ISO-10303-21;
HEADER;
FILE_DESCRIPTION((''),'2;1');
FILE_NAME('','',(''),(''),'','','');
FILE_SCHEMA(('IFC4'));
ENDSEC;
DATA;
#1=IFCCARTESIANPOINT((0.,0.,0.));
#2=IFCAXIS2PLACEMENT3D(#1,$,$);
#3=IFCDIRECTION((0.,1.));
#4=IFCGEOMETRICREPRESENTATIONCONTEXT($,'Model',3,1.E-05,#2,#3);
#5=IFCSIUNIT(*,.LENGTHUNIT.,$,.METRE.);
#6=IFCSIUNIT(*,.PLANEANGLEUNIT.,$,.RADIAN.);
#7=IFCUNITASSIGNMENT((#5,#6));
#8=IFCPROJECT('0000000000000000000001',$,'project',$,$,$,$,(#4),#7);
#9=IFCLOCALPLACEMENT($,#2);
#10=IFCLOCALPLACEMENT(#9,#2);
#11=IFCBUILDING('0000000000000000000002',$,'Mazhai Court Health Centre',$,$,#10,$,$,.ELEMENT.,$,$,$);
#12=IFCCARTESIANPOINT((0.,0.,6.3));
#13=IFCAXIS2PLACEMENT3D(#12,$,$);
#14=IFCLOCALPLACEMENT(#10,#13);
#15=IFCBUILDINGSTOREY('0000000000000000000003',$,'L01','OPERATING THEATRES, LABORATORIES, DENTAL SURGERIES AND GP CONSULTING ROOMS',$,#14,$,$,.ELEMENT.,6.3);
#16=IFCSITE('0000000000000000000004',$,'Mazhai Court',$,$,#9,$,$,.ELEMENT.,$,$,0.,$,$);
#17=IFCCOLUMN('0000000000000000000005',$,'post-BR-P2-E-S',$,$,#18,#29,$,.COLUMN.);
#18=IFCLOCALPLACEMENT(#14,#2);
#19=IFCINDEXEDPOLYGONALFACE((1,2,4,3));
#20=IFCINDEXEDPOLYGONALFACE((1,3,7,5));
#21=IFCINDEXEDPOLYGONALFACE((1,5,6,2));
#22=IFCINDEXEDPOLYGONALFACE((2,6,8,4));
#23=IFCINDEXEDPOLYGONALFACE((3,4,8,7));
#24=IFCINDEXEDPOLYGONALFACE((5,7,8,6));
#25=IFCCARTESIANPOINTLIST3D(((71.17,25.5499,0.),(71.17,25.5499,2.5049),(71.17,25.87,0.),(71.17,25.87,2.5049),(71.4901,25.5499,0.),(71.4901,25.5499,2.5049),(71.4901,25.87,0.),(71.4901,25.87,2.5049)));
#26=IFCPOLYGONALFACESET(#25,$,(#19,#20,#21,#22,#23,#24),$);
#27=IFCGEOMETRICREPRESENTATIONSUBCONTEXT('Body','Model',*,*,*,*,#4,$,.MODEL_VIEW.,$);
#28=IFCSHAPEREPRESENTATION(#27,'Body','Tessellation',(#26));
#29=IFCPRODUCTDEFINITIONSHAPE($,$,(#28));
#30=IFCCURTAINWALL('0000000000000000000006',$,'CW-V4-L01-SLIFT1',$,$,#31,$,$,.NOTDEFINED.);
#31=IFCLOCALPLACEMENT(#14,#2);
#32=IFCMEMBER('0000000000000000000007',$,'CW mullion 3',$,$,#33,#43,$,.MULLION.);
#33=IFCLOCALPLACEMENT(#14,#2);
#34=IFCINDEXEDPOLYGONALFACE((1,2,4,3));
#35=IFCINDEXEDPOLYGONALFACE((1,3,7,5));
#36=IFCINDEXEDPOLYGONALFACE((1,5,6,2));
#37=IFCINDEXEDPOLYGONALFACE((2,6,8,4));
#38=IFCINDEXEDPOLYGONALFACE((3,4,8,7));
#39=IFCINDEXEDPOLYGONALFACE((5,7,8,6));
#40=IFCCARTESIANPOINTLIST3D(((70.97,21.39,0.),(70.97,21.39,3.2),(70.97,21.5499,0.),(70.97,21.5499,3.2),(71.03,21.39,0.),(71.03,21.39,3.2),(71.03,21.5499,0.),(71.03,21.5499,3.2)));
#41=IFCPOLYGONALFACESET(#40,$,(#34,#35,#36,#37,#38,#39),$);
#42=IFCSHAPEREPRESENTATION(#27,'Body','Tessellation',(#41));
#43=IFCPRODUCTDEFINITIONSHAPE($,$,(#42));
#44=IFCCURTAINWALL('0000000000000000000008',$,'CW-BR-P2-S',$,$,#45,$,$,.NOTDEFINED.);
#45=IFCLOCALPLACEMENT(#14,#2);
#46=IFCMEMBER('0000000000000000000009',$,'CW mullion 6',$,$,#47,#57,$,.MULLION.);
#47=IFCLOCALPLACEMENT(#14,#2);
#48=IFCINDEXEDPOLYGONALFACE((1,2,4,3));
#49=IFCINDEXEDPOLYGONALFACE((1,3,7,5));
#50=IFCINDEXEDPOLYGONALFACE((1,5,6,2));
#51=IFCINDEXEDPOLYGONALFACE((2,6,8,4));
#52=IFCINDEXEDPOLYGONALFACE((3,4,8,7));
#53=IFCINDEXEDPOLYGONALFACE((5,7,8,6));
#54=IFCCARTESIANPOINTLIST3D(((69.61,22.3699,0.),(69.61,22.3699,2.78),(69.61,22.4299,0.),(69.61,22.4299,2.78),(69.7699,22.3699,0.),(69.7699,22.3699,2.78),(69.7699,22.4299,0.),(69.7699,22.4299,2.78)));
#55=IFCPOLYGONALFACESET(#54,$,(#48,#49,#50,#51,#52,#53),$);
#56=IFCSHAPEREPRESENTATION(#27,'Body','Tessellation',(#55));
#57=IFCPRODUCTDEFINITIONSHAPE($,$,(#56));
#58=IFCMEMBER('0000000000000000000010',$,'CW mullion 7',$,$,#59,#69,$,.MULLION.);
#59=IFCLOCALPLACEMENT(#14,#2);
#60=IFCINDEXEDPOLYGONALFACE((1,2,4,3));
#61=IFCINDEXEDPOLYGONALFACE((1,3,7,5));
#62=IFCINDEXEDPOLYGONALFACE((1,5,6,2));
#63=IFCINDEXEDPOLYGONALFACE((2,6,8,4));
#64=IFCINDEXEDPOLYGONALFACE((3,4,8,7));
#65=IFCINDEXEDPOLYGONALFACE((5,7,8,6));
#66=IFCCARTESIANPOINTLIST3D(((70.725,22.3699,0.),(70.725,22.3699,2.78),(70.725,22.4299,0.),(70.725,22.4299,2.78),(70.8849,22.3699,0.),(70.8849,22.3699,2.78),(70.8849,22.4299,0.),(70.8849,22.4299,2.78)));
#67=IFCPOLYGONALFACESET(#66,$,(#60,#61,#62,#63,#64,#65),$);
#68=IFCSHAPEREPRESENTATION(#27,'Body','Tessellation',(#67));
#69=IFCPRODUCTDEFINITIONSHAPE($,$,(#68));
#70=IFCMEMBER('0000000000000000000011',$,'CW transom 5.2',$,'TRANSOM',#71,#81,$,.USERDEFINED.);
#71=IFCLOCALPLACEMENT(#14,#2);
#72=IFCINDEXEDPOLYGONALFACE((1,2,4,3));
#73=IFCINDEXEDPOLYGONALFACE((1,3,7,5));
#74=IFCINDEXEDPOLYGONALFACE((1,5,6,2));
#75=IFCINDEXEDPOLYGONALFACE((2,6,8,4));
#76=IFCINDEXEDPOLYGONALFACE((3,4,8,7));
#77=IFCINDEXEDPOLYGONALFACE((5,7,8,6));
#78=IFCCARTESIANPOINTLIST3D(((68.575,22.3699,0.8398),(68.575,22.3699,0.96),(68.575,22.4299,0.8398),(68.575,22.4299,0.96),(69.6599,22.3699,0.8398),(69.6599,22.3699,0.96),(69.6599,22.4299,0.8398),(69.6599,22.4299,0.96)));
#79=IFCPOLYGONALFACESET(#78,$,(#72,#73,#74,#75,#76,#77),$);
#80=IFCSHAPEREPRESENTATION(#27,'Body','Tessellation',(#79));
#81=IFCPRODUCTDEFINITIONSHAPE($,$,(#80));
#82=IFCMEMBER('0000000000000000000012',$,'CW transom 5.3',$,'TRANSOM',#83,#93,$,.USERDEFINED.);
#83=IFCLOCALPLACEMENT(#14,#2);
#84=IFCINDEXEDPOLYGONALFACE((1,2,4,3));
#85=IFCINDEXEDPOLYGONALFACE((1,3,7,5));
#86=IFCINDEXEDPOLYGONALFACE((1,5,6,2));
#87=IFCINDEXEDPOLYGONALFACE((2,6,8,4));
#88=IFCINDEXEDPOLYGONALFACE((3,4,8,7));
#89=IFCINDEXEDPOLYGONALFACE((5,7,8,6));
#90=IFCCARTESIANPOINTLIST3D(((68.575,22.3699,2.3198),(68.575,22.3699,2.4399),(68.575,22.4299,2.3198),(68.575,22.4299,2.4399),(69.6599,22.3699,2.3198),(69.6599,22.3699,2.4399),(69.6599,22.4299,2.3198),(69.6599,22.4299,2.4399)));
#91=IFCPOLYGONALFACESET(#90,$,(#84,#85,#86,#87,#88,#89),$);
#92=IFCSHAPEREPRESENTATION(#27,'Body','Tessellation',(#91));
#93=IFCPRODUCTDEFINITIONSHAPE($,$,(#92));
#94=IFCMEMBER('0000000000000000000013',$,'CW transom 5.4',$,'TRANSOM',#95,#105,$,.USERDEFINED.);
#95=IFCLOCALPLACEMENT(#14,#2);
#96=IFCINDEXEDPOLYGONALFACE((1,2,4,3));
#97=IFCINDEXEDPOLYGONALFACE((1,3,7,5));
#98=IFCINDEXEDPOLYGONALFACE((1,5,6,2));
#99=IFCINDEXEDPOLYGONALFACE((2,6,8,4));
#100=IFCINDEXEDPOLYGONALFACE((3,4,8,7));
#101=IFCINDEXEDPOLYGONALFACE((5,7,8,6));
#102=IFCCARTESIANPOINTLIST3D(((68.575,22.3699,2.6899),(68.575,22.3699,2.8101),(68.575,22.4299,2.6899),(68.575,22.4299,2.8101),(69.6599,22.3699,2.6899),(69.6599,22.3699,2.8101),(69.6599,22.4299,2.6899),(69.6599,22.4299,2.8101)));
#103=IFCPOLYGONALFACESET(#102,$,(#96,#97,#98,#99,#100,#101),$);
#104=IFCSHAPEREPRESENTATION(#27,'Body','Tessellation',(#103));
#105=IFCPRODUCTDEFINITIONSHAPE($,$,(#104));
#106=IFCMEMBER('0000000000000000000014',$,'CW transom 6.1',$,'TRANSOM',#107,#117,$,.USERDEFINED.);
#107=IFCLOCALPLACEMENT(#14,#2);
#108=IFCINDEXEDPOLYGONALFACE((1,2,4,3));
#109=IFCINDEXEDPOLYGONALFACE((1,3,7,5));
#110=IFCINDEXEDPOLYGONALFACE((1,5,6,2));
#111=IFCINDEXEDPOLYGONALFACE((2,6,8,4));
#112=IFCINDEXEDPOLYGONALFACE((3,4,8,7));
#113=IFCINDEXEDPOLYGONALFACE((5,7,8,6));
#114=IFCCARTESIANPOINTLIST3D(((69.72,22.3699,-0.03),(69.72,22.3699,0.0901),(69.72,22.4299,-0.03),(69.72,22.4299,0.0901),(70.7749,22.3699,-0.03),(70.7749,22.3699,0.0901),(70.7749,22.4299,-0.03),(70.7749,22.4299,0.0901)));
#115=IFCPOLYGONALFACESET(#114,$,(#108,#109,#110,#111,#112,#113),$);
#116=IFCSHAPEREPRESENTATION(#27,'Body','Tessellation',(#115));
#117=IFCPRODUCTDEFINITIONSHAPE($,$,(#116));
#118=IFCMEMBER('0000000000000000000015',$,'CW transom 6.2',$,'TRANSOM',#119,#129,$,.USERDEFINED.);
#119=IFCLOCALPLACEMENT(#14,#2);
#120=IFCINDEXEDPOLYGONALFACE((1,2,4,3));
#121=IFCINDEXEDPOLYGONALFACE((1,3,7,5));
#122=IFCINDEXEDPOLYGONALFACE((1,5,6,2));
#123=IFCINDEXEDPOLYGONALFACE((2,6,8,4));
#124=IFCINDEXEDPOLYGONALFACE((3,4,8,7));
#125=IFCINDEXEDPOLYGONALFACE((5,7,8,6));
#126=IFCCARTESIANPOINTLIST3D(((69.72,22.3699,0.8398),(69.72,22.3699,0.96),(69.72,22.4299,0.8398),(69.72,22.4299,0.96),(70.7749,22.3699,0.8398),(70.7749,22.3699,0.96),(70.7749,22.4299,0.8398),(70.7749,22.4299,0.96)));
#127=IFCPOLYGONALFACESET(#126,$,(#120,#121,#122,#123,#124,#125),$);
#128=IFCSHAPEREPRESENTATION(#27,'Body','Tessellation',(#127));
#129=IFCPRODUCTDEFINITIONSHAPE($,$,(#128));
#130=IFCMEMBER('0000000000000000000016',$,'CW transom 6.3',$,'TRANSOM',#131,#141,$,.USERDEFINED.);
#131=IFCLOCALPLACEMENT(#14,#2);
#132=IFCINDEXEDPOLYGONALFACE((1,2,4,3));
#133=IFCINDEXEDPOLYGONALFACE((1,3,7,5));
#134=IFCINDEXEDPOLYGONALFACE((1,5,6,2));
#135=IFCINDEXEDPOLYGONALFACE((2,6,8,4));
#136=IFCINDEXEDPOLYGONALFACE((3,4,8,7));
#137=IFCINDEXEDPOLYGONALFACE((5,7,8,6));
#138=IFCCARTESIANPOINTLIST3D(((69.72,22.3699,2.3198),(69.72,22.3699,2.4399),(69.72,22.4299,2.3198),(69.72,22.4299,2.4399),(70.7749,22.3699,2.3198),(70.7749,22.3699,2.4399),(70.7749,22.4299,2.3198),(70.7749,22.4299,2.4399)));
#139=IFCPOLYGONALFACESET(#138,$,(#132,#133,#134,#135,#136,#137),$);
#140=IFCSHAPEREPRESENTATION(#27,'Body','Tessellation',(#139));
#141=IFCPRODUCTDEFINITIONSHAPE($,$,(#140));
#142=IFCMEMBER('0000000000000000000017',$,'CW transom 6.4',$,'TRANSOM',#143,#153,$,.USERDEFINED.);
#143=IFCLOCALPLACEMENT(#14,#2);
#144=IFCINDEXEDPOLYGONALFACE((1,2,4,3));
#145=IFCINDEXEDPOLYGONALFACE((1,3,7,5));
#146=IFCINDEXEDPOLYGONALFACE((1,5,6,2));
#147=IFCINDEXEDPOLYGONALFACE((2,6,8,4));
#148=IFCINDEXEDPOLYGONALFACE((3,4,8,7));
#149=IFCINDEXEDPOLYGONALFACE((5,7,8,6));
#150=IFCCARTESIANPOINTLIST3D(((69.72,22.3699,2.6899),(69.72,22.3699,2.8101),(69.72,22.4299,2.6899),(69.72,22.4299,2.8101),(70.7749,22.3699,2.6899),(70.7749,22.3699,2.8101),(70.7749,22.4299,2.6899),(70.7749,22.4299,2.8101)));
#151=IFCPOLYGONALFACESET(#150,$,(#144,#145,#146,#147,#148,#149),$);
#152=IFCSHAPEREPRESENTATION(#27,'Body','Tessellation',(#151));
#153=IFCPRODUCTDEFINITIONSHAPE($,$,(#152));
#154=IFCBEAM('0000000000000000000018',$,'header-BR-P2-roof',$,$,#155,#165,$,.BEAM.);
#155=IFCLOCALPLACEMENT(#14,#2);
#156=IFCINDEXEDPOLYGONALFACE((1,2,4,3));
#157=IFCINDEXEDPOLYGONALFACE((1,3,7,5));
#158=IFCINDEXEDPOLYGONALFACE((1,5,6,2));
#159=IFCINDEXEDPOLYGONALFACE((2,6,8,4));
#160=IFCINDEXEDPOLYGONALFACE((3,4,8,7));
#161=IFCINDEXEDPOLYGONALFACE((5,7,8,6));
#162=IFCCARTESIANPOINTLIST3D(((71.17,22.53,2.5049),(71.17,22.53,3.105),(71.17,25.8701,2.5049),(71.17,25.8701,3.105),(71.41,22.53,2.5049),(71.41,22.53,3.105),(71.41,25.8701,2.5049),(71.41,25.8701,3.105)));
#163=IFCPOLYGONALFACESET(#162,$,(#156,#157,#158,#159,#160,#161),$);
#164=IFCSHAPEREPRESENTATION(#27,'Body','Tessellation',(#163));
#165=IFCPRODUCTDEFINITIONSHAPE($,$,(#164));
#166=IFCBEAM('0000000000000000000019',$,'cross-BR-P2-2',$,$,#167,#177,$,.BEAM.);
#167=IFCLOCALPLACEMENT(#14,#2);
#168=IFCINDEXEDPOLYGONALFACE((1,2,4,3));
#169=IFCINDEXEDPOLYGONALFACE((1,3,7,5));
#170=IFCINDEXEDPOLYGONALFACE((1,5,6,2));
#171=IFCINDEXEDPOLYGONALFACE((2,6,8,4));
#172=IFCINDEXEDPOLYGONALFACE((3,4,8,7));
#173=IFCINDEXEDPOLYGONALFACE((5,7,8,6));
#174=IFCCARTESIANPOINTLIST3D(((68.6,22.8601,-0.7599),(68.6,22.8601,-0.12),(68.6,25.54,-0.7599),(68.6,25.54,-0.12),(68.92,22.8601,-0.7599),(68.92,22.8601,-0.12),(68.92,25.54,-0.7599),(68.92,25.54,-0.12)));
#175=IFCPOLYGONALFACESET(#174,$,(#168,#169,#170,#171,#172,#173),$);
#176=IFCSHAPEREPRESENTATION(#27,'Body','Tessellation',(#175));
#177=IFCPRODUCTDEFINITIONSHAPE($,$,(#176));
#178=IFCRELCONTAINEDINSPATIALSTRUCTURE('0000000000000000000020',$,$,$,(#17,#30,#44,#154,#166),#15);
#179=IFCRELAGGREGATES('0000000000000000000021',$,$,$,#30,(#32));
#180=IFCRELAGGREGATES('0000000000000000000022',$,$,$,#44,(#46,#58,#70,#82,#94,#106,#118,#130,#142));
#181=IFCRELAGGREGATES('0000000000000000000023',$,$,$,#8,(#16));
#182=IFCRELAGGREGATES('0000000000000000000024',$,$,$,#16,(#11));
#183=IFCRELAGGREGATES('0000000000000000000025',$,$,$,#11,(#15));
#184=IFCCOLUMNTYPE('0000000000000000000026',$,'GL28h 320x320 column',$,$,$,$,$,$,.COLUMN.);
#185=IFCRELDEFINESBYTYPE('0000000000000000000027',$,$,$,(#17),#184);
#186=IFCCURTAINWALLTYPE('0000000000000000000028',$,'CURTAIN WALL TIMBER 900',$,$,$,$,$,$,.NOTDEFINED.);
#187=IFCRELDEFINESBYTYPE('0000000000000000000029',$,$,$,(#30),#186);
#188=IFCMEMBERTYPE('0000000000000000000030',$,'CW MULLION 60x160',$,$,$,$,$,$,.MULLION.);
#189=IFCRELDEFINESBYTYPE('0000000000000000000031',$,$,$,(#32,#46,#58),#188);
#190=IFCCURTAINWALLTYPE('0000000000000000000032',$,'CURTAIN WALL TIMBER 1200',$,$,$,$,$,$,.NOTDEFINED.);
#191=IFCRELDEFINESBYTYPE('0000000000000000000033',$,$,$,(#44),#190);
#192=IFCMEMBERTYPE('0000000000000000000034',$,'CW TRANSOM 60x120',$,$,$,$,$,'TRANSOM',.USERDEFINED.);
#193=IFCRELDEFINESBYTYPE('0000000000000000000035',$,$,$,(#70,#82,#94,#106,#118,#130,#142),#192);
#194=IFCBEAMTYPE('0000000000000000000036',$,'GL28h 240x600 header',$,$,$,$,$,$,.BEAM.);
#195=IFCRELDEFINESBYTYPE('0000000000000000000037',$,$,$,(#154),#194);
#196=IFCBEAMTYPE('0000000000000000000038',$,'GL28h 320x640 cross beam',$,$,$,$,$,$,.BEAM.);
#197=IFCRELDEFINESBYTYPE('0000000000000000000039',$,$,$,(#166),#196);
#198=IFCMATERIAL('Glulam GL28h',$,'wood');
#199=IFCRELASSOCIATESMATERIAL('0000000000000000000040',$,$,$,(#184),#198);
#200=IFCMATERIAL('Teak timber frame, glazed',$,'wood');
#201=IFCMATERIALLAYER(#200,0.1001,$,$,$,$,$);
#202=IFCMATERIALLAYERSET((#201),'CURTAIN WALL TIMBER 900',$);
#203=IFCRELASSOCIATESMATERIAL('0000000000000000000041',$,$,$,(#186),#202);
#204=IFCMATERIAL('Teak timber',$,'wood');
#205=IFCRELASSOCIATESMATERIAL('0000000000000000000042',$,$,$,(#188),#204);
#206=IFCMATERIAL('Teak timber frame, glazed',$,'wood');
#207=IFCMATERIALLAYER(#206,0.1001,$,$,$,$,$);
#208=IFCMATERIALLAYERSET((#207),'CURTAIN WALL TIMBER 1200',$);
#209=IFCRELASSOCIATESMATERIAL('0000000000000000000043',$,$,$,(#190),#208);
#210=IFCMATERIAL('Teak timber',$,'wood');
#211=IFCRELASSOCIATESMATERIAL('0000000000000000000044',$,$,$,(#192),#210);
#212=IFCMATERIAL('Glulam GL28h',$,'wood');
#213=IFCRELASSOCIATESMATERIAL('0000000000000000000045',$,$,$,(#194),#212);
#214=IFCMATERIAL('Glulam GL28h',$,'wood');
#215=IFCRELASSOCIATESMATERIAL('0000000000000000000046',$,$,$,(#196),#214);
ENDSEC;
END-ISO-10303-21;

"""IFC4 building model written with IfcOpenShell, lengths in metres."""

from ifc_helpers import new_model, si_unit, direction, frame, origin, origin_2d, place, context, subcontext, project, spatial, rectangle, extrude, material, layer, layer_set, material_profile, profile_set, type_object, element, aggregate, save


model = new_model("IFC4")

# Units and contexts
model_context = context("Model", 3, precision=1e-05, world=origin(), true_north=direction((0.0, 1.0)))
body_context = subcontext(model_context, "Body", "Model", "MODEL_VIEW")
ifc_project = project(units=[si_unit("LENGTHUNIT", "METRE"), si_unit("PLANEANGLEUNIT", "RADIAN")], contexts=[model_context])

# Site, building, storey
site_placement = place(None, origin())
site = spatial("IfcSite", under=ifc_project, at=site_placement, Name="Mazhai Court", CompositionType="ELEMENT", RefElevation=0.0)
building_placement = place(site_placement, origin())
building = spatial("IfcBuilding", under=site, at=building_placement, Name="Mazhai Court Health Centre", CompositionType="ELEMENT")
storey_placement = place(building_placement, frame((0.0, 0.0, 6.3)))
storey = spatial("IfcBuildingStorey", under=building, at=storey_placement, Name="L01", Description="OPERATING THEATRES, LABORATORIES, DENTAL SURGERIES AND GP CONSULTING ROOMS", CompositionType="ELEMENT", Elevation=6.3)

# Column
ifc_material_1 = material(Name="Glulam GL28h", Category="wood")
ifc_material_profile_1 = material_profile(ifc_material_1, rectangle(XDim=0.3201, YDim=0.3201, at=origin_2d()), Name="GL28h 320x320")
ifc_profile_set_1 = profile_set([ifc_material_profile_1], Name="Glulam GL28h")
column_type = type_object("IfcColumnType", Name="GL28h 320x320 column", PredefinedType="COLUMN", material=ifc_profile_set_1)
column_placement = place(storey_placement, frame((71.3301, 25.71, 0.0), z_axis=(0.0, 0.0, 1.0), x_axis=(1.0, 0.0, 0.0)))
element("IfcColumn", 1, at=column_placement, inside=storey, type_object=column_type, Name="post-BR-P2-E-S", PredefinedType="COLUMN", context=body_context, shape_type="SweptSolid", body=[
    extrude(rectangle(XDim=0.3201, YDim=0.3201, at=origin_2d()), origin(), (0.0, 0.0, 1.0), 2.5049),
])

# Curtain wall, member
ifc_material_2 = material(Name="Teak timber frame, glazed", Category="wood")
ifc_layer_1 = layer(ifc_material_2, 0.1001)
ifc_layer_set_1 = layer_set([ifc_layer_1], Name="CURTAIN WALL TIMBER 900")
curtain_wall_type_1 = type_object("IfcCurtainWallType", Name="CURTAIN WALL TIMBER 900", PredefinedType="NOTDEFINED", material=ifc_layer_set_1)
curtain_wall_1_placement = place(storey_placement, origin())
curtain_wall_1 = element("IfcCurtainWall", 2, at=curtain_wall_1_placement, inside=storey, type_object=curtain_wall_type_1, Name="CW-V4-L01-SLIFT1", PredefinedType="NOTDEFINED")
ifc_material_3 = material(Name="Teak timber", Category="wood")
ifc_material_profile_2 = material_profile(ifc_material_3, rectangle(XDim=0.0601, YDim=0.1599, at=origin_2d()), Name="CW MULLION 60x160")
ifc_profile_set_2 = profile_set([ifc_material_profile_2], Name="Teak timber")
member_type_1 = type_object("IfcMemberType", Name="CW MULLION 60x160", PredefinedType="MULLION", material=ifc_profile_set_2)
member_1_placement = place(storey_placement, frame((71.0, 21.47, 0.0), z_axis=(0.0, 0.0, 1.0), x_axis=(-1.0, 0.0, 0.0)))
member_1 = element("IfcMember", 3, at=member_1_placement, type_object=member_type_1, Name="CW mullion 3", PredefinedType="MULLION", context=body_context, shape_type="SweptSolid", body=[
    extrude(rectangle(XDim=0.0601, YDim=0.1599, at=origin_2d()), origin(), (0.0, 0.0, 1.0), 3.2),
])
aggregate(curtain_wall_1, [member_1])

# Curtain wall, members
ifc_material_4 = material(Name="Teak timber frame, glazed", Category="wood")
ifc_layer_2 = layer(ifc_material_4, 0.1001)
ifc_layer_set_2 = layer_set([ifc_layer_2], Name="CURTAIN WALL TIMBER 1200")
curtain_wall_type_2 = type_object("IfcCurtainWallType", Name="CURTAIN WALL TIMBER 1200", PredefinedType="NOTDEFINED", material=ifc_layer_set_2)
curtain_wall_2_placement = place(storey_placement, origin())
curtain_wall_2 = element("IfcCurtainWall", 4, at=curtain_wall_2_placement, inside=storey, type_object=curtain_wall_type_2, Name="CW-BR-P2-S", PredefinedType="NOTDEFINED")
member_2_placement = place(storey_placement, frame((69.6899, 22.3999, 0.0), z_axis=(0.0, 0.0, 1.0), x_axis=(0.0, 1.0, 0.0)))
member_2 = element("IfcMember", 5, at=member_2_placement, type_object=member_type_1, Name="CW mullion 6", PredefinedType="MULLION", context=body_context, shape_type="SweptSolid", body=[
    extrude(rectangle(XDim=0.0601, YDim=0.1599, at=origin_2d()), origin(), (0.0, 0.0, 1.0), 2.78),
])
member_3_placement = place(storey_placement, frame((70.8049, 22.3999, 0.0), z_axis=(0.0, 0.0, 1.0), x_axis=(0.0, 1.0, 0.0)))
member_3 = element("IfcMember", 6, at=member_3_placement, type_object=member_type_1, Name="CW mullion 7", PredefinedType="MULLION", context=body_context, shape_type="SweptSolid", body=[
    extrude(rectangle(XDim=0.0601, YDim=0.1599, at=origin_2d()), origin(), (0.0, 0.0, 1.0), 2.78),
])
ifc_material_5 = material(Name="Teak timber", Category="wood")
ifc_material_profile_3 = material_profile(ifc_material_5, rectangle(XDim=0.0601, YDim=0.1201, at=origin_2d()), Name="CW TRANSOM 60x120")
ifc_profile_set_3 = profile_set([ifc_material_profile_3], Name="Teak timber")
member_type_2 = type_object("IfcMemberType", Name="CW TRANSOM 60x120", ElementType="TRANSOM", PredefinedType="USERDEFINED", material=ifc_profile_set_3)
member_4_placement = place(storey_placement, frame((68.575, 22.3999, 0.8999), z_axis=(1.0, 0.0, 0.0), x_axis=(0.0, 1.0, 0.0)))
member_4 = element("IfcMember", 7, at=member_4_placement, type_object=member_type_2, Name="CW transom 5.2", ObjectType="TRANSOM", PredefinedType="USERDEFINED", context=body_context, shape_type="SweptSolid", body=[
    extrude(rectangle(XDim=0.0601, YDim=0.1201, at=origin_2d()), origin(), (0.0, 0.0, 1.0), 1.085),
])
member_5_placement = place(storey_placement, frame((68.575, 22.3999, 2.3799), z_axis=(1.0, 0.0, 0.0), x_axis=(0.0, 1.0, 0.0)))
member_5 = element("IfcMember", 8, at=member_5_placement, type_object=member_type_2, Name="CW transom 5.3", ObjectType="TRANSOM", PredefinedType="USERDEFINED", context=body_context, shape_type="SweptSolid", body=[
    extrude(rectangle(XDim=0.0601, YDim=0.1201, at=origin_2d()), origin(), (0.0, 0.0, 1.0), 1.085),
])
member_6_placement = place(storey_placement, frame((68.575, 22.3999, 2.75), z_axis=(1.0, 0.0, 0.0), x_axis=(0.0, 1.0, 0.0)))
member_6 = element("IfcMember", 9, at=member_6_placement, type_object=member_type_2, Name="CW transom 5.4", ObjectType="TRANSOM", PredefinedType="USERDEFINED", context=body_context, shape_type="SweptSolid", body=[
    extrude(rectangle(XDim=0.0601, YDim=0.1201, at=origin_2d()), origin(), (0.0, 0.0, 1.0), 1.085),
])
member_7_placement = place(storey_placement, frame((69.72, 22.3999, 0.03), z_axis=(1.0, 0.0, 0.0), x_axis=(0.0, 1.0, 0.0)))
member_7 = element("IfcMember", 10, at=member_7_placement, type_object=member_type_2, Name="CW transom 6.1", ObjectType="TRANSOM", PredefinedType="USERDEFINED", context=body_context, shape_type="SweptSolid", body=[
    extrude(rectangle(XDim=0.0601, YDim=0.1201, at=origin_2d()), origin(), (0.0, 0.0, 1.0), 1.0549),
])
member_8_placement = place(storey_placement, frame((69.72, 22.3999, 0.8999), z_axis=(1.0, 0.0, 0.0), x_axis=(0.0, 1.0, 0.0)))
member_8 = element("IfcMember", 11, at=member_8_placement, type_object=member_type_2, Name="CW transom 6.2", ObjectType="TRANSOM", PredefinedType="USERDEFINED", context=body_context, shape_type="SweptSolid", body=[
    extrude(rectangle(XDim=0.0601, YDim=0.1201, at=origin_2d()), origin(), (0.0, 0.0, 1.0), 1.0549),
])
member_9_placement = place(storey_placement, frame((69.72, 22.3999, 2.3799), z_axis=(1.0, 0.0, 0.0), x_axis=(0.0, 1.0, 0.0)))
member_9 = element("IfcMember", 12, at=member_9_placement, type_object=member_type_2, Name="CW transom 6.3", ObjectType="TRANSOM", PredefinedType="USERDEFINED", context=body_context, shape_type="SweptSolid", body=[
    extrude(rectangle(XDim=0.0601, YDim=0.1201, at=origin_2d()), origin(), (0.0, 0.0, 1.0), 1.0549),
])
member_10_placement = place(storey_placement, frame((69.72, 22.3999, 2.75), z_axis=(1.0, 0.0, 0.0), x_axis=(0.0, 1.0, 0.0)))
member_10 = element("IfcMember", 13, at=member_10_placement, type_object=member_type_2, Name="CW transom 6.4", ObjectType="TRANSOM", PredefinedType="USERDEFINED", context=body_context, shape_type="SweptSolid", body=[
    extrude(rectangle(XDim=0.0601, YDim=0.1201, at=origin_2d()), origin(), (0.0, 0.0, 1.0), 1.0549),
])

# Beams
ifc_material_6 = material(Name="Glulam GL28h", Category="wood")
ifc_material_profile_4 = material_profile(ifc_material_6, rectangle(XDim=0.24, YDim=0.6001, at=origin_2d()), Name="GL28h 240x600")
ifc_profile_set_4 = profile_set([ifc_material_profile_4], Name="Glulam GL28h")
beam_type_1 = type_object("IfcBeamType", Name="GL28h 240x600 header", PredefinedType="BEAM", material=ifc_profile_set_4)
beam_1_placement = place(storey_placement, frame((71.29, 22.53, 2.8049), z_axis=(0.0, 1.0, 0.0), x_axis=(-1.0, 0.0, 0.0)))
element("IfcBeam", 14, at=beam_1_placement, inside=storey, type_object=beam_type_1, Name="header-BR-P2-roof", PredefinedType="BEAM", context=body_context, shape_type="SweptSolid", body=[
    extrude(rectangle(XDim=0.24, YDim=0.6001, at=origin_2d()), origin(), (0.0, 0.0, 1.0), 3.3401),
])
ifc_material_7 = material(Name="Glulam GL28h", Category="wood")
ifc_material_profile_5 = material_profile(ifc_material_7, rectangle(XDim=0.3201, YDim=0.6399, at=origin_2d()), Name="GL28h 320x640")
ifc_profile_set_5 = profile_set([ifc_material_profile_5], Name="Glulam GL28h")
beam_type_2 = type_object("IfcBeamType", Name="GL28h 320x640 cross beam", PredefinedType="BEAM", material=ifc_profile_set_5)
beam_2_placement = place(storey_placement, frame((68.76, 22.8601, -0.4399), z_axis=(0.0, 1.0, 0.0), x_axis=(-1.0, 0.0, 0.0)))
element("IfcBeam", 15, at=beam_2_placement, inside=storey, type_object=beam_type_2, Name="cross-BR-P2-2", PredefinedType="BEAM", context=body_context, shape_type="SweptSolid", body=[
    extrude(rectangle(XDim=0.3201, YDim=0.6399, at=origin_2d()), origin(), (0.0, 0.0, 1.0), 2.6799),
])

aggregate(curtain_wall_2, [member_2, member_3, member_4, member_5, member_6, member_7, member_8, member_9, member_10])

save(model, "model.ifc")
